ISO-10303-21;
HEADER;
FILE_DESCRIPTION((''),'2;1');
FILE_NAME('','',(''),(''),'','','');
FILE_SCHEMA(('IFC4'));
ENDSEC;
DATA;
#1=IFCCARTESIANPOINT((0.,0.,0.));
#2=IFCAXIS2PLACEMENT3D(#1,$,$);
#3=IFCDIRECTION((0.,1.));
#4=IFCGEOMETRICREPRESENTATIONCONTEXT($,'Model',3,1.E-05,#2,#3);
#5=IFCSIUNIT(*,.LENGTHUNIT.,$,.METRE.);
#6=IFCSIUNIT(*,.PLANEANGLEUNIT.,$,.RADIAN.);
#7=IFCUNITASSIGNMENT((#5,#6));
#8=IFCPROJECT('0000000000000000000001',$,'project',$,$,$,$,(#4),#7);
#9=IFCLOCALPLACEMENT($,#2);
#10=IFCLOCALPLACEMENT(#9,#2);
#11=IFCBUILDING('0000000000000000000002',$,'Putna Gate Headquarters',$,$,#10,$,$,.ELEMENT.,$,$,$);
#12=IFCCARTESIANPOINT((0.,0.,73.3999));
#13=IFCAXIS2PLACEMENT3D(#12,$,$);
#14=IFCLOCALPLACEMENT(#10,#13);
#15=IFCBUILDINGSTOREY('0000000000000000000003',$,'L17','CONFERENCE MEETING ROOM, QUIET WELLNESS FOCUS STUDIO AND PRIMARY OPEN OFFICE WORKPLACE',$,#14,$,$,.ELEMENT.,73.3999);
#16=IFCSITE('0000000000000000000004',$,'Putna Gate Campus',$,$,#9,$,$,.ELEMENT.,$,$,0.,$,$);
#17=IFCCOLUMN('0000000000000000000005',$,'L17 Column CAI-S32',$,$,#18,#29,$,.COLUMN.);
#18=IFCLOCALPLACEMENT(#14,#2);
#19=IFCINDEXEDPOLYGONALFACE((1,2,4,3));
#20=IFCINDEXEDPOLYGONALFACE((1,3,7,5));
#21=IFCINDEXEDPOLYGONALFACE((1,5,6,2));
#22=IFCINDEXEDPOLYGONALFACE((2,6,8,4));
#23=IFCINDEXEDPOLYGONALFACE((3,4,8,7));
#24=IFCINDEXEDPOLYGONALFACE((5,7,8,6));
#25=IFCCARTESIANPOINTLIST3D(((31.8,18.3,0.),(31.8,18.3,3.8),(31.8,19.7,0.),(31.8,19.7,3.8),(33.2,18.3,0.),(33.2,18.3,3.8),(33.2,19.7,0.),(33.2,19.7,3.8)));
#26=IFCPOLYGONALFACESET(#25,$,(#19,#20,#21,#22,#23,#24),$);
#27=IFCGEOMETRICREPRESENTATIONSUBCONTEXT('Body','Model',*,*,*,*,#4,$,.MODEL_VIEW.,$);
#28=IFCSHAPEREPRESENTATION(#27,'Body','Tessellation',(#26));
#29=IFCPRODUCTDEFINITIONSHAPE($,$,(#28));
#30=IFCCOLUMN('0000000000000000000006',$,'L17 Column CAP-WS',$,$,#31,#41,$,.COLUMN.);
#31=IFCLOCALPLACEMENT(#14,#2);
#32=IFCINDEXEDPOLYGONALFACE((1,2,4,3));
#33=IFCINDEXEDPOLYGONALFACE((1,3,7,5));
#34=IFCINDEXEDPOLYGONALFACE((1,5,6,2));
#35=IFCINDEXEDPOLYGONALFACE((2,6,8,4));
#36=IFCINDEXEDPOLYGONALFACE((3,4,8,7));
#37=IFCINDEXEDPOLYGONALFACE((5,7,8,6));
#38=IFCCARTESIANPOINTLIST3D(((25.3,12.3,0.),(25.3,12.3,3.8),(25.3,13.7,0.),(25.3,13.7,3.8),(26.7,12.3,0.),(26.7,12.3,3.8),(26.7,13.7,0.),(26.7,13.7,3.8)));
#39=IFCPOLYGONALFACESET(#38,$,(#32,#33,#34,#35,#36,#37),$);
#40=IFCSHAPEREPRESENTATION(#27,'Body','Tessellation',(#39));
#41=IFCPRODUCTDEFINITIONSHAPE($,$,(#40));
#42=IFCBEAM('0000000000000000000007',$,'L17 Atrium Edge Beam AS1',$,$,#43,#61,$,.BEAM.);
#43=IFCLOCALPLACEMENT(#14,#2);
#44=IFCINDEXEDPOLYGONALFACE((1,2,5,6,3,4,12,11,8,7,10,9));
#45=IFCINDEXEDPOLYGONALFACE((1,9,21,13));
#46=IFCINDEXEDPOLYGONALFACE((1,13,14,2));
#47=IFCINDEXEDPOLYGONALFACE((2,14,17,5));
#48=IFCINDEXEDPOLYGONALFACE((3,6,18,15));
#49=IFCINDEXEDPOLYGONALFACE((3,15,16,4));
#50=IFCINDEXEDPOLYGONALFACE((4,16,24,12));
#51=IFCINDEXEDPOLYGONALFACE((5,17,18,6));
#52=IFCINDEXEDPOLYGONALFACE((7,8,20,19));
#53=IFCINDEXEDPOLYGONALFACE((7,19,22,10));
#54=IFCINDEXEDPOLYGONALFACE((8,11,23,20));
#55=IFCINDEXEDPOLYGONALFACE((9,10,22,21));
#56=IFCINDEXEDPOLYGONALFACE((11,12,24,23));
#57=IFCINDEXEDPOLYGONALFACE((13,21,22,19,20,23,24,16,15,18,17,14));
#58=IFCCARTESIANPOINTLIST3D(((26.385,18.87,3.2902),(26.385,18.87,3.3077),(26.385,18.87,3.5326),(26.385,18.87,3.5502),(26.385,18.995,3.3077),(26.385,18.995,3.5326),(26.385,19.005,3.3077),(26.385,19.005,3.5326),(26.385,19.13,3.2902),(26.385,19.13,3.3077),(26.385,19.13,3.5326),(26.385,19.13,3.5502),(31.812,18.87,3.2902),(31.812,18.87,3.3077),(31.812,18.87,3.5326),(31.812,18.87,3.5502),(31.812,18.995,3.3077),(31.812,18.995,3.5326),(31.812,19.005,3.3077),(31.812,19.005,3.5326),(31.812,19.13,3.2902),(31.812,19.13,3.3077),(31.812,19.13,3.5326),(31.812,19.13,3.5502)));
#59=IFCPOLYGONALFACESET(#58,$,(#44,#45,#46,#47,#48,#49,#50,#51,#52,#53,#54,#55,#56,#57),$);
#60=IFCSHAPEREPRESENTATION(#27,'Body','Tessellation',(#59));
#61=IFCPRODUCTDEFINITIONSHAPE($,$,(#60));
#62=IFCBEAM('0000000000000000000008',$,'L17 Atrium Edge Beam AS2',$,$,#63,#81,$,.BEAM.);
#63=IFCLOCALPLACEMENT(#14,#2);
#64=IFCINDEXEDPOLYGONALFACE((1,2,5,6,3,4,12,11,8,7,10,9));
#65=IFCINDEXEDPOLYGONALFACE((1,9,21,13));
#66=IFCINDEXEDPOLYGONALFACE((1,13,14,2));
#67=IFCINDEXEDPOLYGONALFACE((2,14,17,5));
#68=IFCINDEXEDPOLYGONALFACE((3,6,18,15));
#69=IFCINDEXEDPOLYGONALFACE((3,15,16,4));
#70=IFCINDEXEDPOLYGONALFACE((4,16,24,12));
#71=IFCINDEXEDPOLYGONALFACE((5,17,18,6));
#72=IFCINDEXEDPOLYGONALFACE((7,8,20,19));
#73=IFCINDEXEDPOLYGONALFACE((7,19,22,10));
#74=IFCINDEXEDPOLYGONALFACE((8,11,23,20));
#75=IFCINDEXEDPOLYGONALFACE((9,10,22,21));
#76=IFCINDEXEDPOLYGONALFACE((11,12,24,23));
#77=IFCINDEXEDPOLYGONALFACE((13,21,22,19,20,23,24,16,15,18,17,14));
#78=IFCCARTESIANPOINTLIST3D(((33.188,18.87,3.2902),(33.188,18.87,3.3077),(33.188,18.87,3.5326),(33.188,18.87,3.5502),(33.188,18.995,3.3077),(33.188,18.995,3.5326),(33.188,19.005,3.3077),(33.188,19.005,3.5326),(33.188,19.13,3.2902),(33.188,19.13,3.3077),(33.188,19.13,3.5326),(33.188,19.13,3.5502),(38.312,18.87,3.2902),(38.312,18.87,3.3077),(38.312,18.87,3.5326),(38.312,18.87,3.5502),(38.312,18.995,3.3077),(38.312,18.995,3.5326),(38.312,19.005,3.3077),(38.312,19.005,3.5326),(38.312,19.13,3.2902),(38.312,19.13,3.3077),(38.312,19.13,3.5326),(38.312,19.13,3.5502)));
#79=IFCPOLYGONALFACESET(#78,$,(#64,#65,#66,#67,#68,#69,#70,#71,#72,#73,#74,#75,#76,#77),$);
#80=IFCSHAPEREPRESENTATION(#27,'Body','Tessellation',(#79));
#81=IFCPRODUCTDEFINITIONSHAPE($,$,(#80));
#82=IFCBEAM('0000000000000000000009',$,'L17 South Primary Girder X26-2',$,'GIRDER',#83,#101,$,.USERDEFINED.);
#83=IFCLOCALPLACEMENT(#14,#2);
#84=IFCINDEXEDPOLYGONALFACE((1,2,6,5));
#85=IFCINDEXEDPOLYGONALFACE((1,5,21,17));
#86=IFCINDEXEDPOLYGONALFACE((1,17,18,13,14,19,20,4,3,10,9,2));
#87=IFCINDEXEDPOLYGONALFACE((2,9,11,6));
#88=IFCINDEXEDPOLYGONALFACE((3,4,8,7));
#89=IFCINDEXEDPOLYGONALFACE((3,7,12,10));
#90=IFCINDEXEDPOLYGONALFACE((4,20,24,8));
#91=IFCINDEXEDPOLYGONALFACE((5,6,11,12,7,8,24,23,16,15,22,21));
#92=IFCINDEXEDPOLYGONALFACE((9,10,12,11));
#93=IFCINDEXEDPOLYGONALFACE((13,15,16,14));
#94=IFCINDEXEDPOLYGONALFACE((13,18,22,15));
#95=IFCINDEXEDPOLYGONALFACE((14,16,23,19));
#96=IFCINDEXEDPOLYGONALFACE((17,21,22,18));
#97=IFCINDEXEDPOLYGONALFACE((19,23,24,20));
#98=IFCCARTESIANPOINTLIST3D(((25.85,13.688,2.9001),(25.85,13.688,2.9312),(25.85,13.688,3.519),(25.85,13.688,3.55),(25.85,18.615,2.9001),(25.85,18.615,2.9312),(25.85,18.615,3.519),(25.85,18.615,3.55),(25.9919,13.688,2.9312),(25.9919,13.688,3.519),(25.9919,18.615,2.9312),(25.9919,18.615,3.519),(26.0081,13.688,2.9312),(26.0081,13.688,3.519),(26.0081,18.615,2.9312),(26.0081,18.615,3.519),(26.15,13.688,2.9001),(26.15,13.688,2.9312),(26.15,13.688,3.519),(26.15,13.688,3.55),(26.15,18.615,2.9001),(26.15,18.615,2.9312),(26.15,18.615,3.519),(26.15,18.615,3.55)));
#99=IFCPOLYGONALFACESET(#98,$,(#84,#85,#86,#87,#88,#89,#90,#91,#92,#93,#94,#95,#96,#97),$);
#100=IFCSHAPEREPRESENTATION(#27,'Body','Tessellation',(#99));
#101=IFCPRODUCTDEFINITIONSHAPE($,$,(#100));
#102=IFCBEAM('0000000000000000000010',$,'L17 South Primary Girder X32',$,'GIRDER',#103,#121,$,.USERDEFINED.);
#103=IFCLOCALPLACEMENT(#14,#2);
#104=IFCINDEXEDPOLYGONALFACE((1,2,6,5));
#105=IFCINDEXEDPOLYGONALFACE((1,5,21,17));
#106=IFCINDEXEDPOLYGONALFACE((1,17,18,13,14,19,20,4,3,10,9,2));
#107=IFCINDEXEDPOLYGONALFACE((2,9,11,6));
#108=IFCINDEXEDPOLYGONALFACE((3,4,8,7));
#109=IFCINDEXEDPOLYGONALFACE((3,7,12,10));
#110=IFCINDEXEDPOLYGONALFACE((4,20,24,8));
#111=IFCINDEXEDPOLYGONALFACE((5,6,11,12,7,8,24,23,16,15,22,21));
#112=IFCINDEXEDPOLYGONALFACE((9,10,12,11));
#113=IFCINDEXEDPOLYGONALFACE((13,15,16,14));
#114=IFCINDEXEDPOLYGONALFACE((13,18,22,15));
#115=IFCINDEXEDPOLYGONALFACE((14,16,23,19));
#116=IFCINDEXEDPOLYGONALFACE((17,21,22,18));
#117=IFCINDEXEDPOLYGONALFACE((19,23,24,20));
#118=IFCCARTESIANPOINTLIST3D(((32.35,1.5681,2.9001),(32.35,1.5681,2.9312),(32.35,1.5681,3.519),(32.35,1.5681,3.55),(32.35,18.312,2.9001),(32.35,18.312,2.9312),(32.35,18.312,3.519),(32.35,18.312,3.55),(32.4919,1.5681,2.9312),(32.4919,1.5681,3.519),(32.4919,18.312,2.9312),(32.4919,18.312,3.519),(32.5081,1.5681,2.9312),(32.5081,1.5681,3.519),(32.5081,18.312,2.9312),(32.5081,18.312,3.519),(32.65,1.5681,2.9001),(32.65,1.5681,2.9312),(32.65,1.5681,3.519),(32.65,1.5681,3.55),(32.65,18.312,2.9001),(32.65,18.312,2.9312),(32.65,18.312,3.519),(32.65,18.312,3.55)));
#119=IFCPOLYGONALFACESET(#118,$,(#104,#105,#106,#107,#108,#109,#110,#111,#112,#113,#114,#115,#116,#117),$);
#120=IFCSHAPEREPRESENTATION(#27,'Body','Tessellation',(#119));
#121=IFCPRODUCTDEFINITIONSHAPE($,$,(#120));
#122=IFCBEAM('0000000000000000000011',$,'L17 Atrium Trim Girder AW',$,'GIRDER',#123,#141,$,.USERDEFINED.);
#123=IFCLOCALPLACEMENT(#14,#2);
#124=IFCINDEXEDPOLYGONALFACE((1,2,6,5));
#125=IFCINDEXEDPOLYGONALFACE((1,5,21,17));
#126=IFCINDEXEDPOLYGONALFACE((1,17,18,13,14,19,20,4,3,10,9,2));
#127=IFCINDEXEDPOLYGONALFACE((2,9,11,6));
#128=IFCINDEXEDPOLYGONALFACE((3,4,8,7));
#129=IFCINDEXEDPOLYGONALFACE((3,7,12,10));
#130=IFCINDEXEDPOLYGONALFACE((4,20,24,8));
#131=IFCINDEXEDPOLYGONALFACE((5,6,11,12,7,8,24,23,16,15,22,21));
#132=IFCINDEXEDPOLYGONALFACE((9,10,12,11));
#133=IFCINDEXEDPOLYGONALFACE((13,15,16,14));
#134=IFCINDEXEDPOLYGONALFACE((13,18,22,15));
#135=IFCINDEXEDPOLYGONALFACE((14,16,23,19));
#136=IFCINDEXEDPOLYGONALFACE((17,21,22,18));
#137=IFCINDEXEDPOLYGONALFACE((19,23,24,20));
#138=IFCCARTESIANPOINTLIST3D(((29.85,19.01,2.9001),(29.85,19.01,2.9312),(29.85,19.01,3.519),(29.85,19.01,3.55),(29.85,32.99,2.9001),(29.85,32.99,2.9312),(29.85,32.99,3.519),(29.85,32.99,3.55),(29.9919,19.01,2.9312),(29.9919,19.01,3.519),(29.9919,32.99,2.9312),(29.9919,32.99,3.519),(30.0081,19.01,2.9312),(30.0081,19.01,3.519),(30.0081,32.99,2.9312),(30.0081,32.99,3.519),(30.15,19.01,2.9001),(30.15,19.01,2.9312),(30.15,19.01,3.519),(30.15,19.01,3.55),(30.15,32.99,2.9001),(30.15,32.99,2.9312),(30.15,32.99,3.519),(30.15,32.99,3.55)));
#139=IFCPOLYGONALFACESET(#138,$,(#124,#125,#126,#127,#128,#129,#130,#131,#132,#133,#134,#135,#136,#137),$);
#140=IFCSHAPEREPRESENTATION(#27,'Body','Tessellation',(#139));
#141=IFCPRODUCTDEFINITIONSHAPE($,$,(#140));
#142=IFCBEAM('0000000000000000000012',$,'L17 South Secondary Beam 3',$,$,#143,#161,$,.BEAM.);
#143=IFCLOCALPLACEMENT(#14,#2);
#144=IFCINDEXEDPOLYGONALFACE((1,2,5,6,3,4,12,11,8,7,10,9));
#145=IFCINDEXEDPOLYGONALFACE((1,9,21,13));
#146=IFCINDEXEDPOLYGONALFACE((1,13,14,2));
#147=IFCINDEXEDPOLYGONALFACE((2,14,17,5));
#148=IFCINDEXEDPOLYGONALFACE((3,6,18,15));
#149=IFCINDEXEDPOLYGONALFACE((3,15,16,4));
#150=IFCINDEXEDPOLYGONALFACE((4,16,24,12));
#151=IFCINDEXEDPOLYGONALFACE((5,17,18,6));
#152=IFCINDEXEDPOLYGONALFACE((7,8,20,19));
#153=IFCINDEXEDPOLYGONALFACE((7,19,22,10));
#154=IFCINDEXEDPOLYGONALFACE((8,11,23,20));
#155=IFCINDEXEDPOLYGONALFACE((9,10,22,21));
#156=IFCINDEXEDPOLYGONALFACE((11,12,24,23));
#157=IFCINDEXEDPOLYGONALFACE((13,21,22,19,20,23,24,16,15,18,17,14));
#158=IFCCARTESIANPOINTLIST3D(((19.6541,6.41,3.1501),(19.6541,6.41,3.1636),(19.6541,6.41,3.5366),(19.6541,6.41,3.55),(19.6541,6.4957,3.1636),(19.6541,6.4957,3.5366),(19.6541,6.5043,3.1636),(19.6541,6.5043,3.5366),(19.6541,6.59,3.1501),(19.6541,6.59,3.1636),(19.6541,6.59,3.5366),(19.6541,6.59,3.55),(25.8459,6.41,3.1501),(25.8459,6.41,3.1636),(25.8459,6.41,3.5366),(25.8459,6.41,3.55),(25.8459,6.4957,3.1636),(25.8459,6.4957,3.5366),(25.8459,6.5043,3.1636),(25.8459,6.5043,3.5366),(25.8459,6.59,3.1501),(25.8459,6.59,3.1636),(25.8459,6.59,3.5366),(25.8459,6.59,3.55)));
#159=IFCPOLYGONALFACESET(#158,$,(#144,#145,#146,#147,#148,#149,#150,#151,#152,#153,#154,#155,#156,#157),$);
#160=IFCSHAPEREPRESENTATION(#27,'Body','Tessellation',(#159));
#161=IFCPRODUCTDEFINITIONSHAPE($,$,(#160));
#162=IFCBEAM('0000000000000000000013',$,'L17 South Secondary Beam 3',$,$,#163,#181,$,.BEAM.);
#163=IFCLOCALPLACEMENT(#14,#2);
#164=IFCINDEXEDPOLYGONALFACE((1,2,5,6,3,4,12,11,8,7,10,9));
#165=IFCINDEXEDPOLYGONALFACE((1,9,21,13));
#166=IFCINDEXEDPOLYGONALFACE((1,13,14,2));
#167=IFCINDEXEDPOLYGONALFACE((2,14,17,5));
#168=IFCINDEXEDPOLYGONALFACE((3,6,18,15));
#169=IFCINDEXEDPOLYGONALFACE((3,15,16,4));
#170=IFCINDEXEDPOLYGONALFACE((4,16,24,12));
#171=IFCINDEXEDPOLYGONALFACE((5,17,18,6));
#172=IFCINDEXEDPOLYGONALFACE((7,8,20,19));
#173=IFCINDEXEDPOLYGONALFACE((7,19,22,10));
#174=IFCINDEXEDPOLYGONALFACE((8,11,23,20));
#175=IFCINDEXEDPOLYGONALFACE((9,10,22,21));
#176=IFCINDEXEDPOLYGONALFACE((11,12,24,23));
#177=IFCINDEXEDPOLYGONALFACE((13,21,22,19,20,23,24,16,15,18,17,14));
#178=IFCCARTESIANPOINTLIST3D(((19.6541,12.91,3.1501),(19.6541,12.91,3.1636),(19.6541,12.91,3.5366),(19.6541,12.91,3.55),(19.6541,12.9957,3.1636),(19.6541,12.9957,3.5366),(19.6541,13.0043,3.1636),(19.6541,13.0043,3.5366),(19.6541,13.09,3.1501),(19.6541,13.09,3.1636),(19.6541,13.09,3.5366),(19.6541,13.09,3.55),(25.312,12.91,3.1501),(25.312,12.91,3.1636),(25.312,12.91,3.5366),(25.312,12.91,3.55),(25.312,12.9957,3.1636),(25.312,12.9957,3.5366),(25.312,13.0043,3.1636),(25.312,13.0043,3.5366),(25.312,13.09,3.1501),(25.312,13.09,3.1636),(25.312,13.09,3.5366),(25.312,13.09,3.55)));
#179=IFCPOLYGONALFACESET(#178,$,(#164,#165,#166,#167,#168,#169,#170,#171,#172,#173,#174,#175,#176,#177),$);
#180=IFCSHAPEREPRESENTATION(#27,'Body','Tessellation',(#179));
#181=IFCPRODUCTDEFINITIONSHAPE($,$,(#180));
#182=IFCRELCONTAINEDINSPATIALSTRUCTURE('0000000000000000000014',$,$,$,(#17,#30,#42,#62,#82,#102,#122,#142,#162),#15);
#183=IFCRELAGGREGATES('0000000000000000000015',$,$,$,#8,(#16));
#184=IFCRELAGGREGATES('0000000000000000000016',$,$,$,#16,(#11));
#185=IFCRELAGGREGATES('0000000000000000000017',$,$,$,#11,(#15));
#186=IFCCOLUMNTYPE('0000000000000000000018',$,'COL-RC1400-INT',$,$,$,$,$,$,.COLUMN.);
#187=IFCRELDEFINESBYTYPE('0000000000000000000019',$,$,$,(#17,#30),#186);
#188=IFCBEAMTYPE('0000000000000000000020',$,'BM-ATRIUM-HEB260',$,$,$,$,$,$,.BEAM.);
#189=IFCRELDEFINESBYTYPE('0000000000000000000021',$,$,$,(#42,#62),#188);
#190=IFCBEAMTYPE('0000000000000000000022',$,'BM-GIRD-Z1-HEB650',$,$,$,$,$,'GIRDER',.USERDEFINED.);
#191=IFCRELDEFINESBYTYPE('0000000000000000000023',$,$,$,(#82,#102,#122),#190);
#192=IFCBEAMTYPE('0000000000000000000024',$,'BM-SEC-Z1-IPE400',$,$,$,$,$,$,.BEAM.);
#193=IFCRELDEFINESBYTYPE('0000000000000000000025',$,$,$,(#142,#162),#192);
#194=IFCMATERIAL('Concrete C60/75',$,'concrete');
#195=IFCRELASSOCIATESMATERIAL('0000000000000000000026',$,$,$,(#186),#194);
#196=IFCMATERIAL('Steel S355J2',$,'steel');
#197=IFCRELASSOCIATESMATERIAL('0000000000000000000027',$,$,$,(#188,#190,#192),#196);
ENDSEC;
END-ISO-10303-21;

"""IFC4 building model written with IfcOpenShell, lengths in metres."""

from ifc_helpers import new_model, si_unit, direction, frame, origin, origin_2d, place, context, subcontext, project, spatial, rectangle, i_section, extrude, material, material_profile, profile_set, type_object, element, save


model = new_model("IFC4")

# Units and contexts
model_context = context("Model", 3, precision=1e-05, world=origin(), true_north=direction((0.0, 1.0)))
body_context = subcontext(model_context, "Body", "Model", "MODEL_VIEW")
ifc_project = project(units=[si_unit("LENGTHUNIT", "METRE"), si_unit("PLANEANGLEUNIT", "RADIAN")], contexts=[model_context])

# Site, building, storey
site_placement = place(None, origin())
site = spatial("IfcSite", under=ifc_project, at=site_placement, Name="Putna Gate Campus", CompositionType="ELEMENT", RefElevation=0.0)
building_placement = place(site_placement, origin())
building = spatial("IfcBuilding", under=site, at=building_placement, Name="Putna Gate Headquarters", CompositionType="ELEMENT")
storey_placement = place(building_placement, frame((0.0, 0.0, 73.3999)))
storey = spatial("IfcBuildingStorey", under=building, at=storey_placement, Name="L17", Description="CONFERENCE MEETING ROOM, QUIET WELLNESS FOCUS STUDIO AND PRIMARY OPEN OFFICE WORKPLACE", CompositionType="ELEMENT", Elevation=73.3999)

# Columns
ifc_material_1 = material(Name="Concrete C60/75", Category="concrete")
ifc_material_profile_1 = material_profile(ifc_material_1, rectangle(XDim=1.3999, YDim=1.3999, at=origin_2d()), Name="Concrete C60/75")
ifc_profile_set_1 = profile_set([ifc_material_profile_1], Name="Concrete C60/75")
column_type = type_object("IfcColumnType", Name="COL-RC1400-INT", PredefinedType="COLUMN", material=ifc_profile_set_1)
for number, where, z_axis, x_axis, name in (
    (1, (32.5, 19.0, 0.0), (0.0, 0.0, 1.0), (1.0, 0.0, 0.0), "L17 Column CAI-S32"),
    (2, (26.0, 13.0, 0.0), (0.0, 0.0, 1.0), (1.0, 0.0, 0.0), "L17 Column CAP-WS"),
):
    element("IfcColumn", number, at=place(storey_placement, frame(where, z_axis=z_axis, x_axis=x_axis)), inside=storey, type_object=column_type, Name=name, PredefinedType="COLUMN", context=body_context, shape_type="SweptSolid", body=[
        extrude(rectangle(XDim=1.3999, YDim=1.3999, at=origin_2d()), origin(), (0.0, 0.0, 1.0), 3.8),
    ])

# Beams
ifc_material_2 = material(Name="Steel S355J2", Category="steel")
ifc_material_profile_2 = material_profile(ifc_material_2, i_section(OverallWidth=0.26, OverallDepth=0.26, WebThickness=0.01, FlangeThickness=0.0176, at=origin_2d()), Name="Steel S355J2")
ifc_profile_set_2 = profile_set([ifc_material_profile_2], Name="Steel S355J2")
beam_type_1 = type_object("IfcBeamType", Name="BM-ATRIUM-HEB260", PredefinedType="BEAM", material=ifc_profile_set_2)
beam_1_placement = place(storey_placement, frame((26.385, 19.0, 3.4202), z_axis=(1.0, 0.0, 0.0), x_axis=(0.0, 1.0, 0.0)))
element("IfcBeam", 3, at=beam_1_placement, inside=storey, type_object=beam_type_1, Name="L17 Atrium Edge Beam AS1", PredefinedType="BEAM", context=body_context, shape_type="SweptSolid", body=[
    extrude(i_section(OverallWidth=0.26, OverallDepth=0.26, WebThickness=0.01, FlangeThickness=0.0176, at=origin_2d()), origin(), (0.0, 0.0, 1.0), 5.427),
])
beam_2_placement = place(storey_placement, frame((33.188, 19.0, 3.4202), z_axis=(1.0, 0.0, 0.0), x_axis=(0.0, 1.0, 0.0)))
element("IfcBeam", 4, at=beam_2_placement, inside=storey, type_object=beam_type_1, Name="L17 Atrium Edge Beam AS2", PredefinedType="BEAM", context=body_context, shape_type="SweptSolid", body=[
    extrude(i_section(OverallWidth=0.26, OverallDepth=0.26, WebThickness=0.01, FlangeThickness=0.0176, at=origin_2d()), origin(), (0.0, 0.0, 1.0), 5.124),
])
ifc_material_profile_3 = material_profile(ifc_material_2, i_section(OverallWidth=0.3, OverallDepth=0.6499, WebThickness=0.0161, FlangeThickness=0.031, at=origin_2d()), Name="Steel S355J2")
ifc_profile_set_3 = profile_set([ifc_material_profile_3], Name="Steel S355J2")
beam_type_2 = type_object("IfcBeamType", Name="BM-GIRD-Z1-HEB650", ElementType="GIRDER", PredefinedType="USERDEFINED", material=ifc_profile_set_3)
beam_3_placement = place(storey_placement, frame((26.0, 13.688, 3.2251), z_axis=(0.0, 1.0, 0.0), x_axis=(-1.0, 0.0, 0.0)))
element("IfcBeam", 5, at=beam_3_placement, inside=storey, type_object=beam_type_2, Name="L17 South Primary Girder X26-2", ObjectType="GIRDER", PredefinedType="USERDEFINED", context=body_context, shape_type="SweptSolid", body=[
    extrude(i_section(OverallWidth=0.3, OverallDepth=0.6499, WebThickness=0.0161, FlangeThickness=0.031, at=origin_2d()), origin(), (0.0, 0.0, 1.0), 4.927),
])
beam_4_placement = place(storey_placement, frame((32.5, 1.5681, 3.2251), z_axis=(0.0, 1.0, 0.0), x_axis=(-1.0, 0.0, 0.0)))
element("IfcBeam", 6, at=beam_4_placement, inside=storey, type_object=beam_type_2, Name="L17 South Primary Girder X32", ObjectType="GIRDER", PredefinedType="USERDEFINED", context=body_context, shape_type="SweptSolid", body=[
    extrude(i_section(OverallWidth=0.3, OverallDepth=0.6499, WebThickness=0.0161, FlangeThickness=0.031, at=origin_2d()), origin(), (0.0, 0.0, 1.0), 16.7439),
])
beam_5_placement = place(storey_placement, frame((30.0, 19.01, 3.2251), z_axis=(0.0, 1.0, 0.0), x_axis=(-1.0, 0.0, 0.0)))
element("IfcBeam", 7, at=beam_5_placement, inside=storey, type_object=beam_type_2, Name="L17 Atrium Trim Girder AW", ObjectType="GIRDER", PredefinedType="USERDEFINED", context=body_context, shape_type="SweptSolid", body=[
    extrude(i_section(OverallWidth=0.3, OverallDepth=0.6499, WebThickness=0.0161, FlangeThickness=0.031, at=origin_2d()), origin(), (0.0, 0.0, 1.0), 13.98),
])
ifc_material_profile_4 = material_profile(ifc_material_2, i_section(OverallWidth=0.1799, OverallDepth=0.3999, WebThickness=0.0085, FlangeThickness=0.0134, at=origin_2d()), Name="Steel S355J2")
ifc_profile_set_4 = profile_set([ifc_material_profile_4], Name="Steel S355J2")
beam_type_3 = type_object("IfcBeamType", Name="BM-SEC-Z1-IPE400", PredefinedType="BEAM", material=ifc_profile_set_4)
beam_6_placement = place(storey_placement, frame((19.6541, 6.5, 3.3501), z_axis=(1.0, 0.0, 0.0), x_axis=(0.0, 1.0, 0.0)))
element("IfcBeam", 8, at=beam_6_placement, inside=storey, type_object=beam_type_3, Name="L17 South Secondary Beam 3", PredefinedType="BEAM", context=body_context, shape_type="SweptSolid", body=[
    extrude(i_section(OverallWidth=0.1799, OverallDepth=0.3999, WebThickness=0.0085, FlangeThickness=0.0134, at=origin_2d()), origin(), (0.0, 0.0, 1.0), 6.1919),
])
beam_7_placement = place(storey_placement, frame((19.6541, 13.0, 3.3501), z_axis=(1.0, 0.0, 0.0), x_axis=(0.0, 1.0, 0.0)))
element("IfcBeam", 9, at=beam_7_placement, inside=storey, type_object=beam_type_3, Name="L17 South Secondary Beam 3", PredefinedType="BEAM", context=body_context, shape_type="SweptSolid", body=[
    extrude(i_section(OverallWidth=0.1799, OverallDepth=0.3999, WebThickness=0.0085, FlangeThickness=0.0134, at=origin_2d()), origin(), (0.0, 0.0, 1.0), 5.658),
])

save(model, "model.ifc")
